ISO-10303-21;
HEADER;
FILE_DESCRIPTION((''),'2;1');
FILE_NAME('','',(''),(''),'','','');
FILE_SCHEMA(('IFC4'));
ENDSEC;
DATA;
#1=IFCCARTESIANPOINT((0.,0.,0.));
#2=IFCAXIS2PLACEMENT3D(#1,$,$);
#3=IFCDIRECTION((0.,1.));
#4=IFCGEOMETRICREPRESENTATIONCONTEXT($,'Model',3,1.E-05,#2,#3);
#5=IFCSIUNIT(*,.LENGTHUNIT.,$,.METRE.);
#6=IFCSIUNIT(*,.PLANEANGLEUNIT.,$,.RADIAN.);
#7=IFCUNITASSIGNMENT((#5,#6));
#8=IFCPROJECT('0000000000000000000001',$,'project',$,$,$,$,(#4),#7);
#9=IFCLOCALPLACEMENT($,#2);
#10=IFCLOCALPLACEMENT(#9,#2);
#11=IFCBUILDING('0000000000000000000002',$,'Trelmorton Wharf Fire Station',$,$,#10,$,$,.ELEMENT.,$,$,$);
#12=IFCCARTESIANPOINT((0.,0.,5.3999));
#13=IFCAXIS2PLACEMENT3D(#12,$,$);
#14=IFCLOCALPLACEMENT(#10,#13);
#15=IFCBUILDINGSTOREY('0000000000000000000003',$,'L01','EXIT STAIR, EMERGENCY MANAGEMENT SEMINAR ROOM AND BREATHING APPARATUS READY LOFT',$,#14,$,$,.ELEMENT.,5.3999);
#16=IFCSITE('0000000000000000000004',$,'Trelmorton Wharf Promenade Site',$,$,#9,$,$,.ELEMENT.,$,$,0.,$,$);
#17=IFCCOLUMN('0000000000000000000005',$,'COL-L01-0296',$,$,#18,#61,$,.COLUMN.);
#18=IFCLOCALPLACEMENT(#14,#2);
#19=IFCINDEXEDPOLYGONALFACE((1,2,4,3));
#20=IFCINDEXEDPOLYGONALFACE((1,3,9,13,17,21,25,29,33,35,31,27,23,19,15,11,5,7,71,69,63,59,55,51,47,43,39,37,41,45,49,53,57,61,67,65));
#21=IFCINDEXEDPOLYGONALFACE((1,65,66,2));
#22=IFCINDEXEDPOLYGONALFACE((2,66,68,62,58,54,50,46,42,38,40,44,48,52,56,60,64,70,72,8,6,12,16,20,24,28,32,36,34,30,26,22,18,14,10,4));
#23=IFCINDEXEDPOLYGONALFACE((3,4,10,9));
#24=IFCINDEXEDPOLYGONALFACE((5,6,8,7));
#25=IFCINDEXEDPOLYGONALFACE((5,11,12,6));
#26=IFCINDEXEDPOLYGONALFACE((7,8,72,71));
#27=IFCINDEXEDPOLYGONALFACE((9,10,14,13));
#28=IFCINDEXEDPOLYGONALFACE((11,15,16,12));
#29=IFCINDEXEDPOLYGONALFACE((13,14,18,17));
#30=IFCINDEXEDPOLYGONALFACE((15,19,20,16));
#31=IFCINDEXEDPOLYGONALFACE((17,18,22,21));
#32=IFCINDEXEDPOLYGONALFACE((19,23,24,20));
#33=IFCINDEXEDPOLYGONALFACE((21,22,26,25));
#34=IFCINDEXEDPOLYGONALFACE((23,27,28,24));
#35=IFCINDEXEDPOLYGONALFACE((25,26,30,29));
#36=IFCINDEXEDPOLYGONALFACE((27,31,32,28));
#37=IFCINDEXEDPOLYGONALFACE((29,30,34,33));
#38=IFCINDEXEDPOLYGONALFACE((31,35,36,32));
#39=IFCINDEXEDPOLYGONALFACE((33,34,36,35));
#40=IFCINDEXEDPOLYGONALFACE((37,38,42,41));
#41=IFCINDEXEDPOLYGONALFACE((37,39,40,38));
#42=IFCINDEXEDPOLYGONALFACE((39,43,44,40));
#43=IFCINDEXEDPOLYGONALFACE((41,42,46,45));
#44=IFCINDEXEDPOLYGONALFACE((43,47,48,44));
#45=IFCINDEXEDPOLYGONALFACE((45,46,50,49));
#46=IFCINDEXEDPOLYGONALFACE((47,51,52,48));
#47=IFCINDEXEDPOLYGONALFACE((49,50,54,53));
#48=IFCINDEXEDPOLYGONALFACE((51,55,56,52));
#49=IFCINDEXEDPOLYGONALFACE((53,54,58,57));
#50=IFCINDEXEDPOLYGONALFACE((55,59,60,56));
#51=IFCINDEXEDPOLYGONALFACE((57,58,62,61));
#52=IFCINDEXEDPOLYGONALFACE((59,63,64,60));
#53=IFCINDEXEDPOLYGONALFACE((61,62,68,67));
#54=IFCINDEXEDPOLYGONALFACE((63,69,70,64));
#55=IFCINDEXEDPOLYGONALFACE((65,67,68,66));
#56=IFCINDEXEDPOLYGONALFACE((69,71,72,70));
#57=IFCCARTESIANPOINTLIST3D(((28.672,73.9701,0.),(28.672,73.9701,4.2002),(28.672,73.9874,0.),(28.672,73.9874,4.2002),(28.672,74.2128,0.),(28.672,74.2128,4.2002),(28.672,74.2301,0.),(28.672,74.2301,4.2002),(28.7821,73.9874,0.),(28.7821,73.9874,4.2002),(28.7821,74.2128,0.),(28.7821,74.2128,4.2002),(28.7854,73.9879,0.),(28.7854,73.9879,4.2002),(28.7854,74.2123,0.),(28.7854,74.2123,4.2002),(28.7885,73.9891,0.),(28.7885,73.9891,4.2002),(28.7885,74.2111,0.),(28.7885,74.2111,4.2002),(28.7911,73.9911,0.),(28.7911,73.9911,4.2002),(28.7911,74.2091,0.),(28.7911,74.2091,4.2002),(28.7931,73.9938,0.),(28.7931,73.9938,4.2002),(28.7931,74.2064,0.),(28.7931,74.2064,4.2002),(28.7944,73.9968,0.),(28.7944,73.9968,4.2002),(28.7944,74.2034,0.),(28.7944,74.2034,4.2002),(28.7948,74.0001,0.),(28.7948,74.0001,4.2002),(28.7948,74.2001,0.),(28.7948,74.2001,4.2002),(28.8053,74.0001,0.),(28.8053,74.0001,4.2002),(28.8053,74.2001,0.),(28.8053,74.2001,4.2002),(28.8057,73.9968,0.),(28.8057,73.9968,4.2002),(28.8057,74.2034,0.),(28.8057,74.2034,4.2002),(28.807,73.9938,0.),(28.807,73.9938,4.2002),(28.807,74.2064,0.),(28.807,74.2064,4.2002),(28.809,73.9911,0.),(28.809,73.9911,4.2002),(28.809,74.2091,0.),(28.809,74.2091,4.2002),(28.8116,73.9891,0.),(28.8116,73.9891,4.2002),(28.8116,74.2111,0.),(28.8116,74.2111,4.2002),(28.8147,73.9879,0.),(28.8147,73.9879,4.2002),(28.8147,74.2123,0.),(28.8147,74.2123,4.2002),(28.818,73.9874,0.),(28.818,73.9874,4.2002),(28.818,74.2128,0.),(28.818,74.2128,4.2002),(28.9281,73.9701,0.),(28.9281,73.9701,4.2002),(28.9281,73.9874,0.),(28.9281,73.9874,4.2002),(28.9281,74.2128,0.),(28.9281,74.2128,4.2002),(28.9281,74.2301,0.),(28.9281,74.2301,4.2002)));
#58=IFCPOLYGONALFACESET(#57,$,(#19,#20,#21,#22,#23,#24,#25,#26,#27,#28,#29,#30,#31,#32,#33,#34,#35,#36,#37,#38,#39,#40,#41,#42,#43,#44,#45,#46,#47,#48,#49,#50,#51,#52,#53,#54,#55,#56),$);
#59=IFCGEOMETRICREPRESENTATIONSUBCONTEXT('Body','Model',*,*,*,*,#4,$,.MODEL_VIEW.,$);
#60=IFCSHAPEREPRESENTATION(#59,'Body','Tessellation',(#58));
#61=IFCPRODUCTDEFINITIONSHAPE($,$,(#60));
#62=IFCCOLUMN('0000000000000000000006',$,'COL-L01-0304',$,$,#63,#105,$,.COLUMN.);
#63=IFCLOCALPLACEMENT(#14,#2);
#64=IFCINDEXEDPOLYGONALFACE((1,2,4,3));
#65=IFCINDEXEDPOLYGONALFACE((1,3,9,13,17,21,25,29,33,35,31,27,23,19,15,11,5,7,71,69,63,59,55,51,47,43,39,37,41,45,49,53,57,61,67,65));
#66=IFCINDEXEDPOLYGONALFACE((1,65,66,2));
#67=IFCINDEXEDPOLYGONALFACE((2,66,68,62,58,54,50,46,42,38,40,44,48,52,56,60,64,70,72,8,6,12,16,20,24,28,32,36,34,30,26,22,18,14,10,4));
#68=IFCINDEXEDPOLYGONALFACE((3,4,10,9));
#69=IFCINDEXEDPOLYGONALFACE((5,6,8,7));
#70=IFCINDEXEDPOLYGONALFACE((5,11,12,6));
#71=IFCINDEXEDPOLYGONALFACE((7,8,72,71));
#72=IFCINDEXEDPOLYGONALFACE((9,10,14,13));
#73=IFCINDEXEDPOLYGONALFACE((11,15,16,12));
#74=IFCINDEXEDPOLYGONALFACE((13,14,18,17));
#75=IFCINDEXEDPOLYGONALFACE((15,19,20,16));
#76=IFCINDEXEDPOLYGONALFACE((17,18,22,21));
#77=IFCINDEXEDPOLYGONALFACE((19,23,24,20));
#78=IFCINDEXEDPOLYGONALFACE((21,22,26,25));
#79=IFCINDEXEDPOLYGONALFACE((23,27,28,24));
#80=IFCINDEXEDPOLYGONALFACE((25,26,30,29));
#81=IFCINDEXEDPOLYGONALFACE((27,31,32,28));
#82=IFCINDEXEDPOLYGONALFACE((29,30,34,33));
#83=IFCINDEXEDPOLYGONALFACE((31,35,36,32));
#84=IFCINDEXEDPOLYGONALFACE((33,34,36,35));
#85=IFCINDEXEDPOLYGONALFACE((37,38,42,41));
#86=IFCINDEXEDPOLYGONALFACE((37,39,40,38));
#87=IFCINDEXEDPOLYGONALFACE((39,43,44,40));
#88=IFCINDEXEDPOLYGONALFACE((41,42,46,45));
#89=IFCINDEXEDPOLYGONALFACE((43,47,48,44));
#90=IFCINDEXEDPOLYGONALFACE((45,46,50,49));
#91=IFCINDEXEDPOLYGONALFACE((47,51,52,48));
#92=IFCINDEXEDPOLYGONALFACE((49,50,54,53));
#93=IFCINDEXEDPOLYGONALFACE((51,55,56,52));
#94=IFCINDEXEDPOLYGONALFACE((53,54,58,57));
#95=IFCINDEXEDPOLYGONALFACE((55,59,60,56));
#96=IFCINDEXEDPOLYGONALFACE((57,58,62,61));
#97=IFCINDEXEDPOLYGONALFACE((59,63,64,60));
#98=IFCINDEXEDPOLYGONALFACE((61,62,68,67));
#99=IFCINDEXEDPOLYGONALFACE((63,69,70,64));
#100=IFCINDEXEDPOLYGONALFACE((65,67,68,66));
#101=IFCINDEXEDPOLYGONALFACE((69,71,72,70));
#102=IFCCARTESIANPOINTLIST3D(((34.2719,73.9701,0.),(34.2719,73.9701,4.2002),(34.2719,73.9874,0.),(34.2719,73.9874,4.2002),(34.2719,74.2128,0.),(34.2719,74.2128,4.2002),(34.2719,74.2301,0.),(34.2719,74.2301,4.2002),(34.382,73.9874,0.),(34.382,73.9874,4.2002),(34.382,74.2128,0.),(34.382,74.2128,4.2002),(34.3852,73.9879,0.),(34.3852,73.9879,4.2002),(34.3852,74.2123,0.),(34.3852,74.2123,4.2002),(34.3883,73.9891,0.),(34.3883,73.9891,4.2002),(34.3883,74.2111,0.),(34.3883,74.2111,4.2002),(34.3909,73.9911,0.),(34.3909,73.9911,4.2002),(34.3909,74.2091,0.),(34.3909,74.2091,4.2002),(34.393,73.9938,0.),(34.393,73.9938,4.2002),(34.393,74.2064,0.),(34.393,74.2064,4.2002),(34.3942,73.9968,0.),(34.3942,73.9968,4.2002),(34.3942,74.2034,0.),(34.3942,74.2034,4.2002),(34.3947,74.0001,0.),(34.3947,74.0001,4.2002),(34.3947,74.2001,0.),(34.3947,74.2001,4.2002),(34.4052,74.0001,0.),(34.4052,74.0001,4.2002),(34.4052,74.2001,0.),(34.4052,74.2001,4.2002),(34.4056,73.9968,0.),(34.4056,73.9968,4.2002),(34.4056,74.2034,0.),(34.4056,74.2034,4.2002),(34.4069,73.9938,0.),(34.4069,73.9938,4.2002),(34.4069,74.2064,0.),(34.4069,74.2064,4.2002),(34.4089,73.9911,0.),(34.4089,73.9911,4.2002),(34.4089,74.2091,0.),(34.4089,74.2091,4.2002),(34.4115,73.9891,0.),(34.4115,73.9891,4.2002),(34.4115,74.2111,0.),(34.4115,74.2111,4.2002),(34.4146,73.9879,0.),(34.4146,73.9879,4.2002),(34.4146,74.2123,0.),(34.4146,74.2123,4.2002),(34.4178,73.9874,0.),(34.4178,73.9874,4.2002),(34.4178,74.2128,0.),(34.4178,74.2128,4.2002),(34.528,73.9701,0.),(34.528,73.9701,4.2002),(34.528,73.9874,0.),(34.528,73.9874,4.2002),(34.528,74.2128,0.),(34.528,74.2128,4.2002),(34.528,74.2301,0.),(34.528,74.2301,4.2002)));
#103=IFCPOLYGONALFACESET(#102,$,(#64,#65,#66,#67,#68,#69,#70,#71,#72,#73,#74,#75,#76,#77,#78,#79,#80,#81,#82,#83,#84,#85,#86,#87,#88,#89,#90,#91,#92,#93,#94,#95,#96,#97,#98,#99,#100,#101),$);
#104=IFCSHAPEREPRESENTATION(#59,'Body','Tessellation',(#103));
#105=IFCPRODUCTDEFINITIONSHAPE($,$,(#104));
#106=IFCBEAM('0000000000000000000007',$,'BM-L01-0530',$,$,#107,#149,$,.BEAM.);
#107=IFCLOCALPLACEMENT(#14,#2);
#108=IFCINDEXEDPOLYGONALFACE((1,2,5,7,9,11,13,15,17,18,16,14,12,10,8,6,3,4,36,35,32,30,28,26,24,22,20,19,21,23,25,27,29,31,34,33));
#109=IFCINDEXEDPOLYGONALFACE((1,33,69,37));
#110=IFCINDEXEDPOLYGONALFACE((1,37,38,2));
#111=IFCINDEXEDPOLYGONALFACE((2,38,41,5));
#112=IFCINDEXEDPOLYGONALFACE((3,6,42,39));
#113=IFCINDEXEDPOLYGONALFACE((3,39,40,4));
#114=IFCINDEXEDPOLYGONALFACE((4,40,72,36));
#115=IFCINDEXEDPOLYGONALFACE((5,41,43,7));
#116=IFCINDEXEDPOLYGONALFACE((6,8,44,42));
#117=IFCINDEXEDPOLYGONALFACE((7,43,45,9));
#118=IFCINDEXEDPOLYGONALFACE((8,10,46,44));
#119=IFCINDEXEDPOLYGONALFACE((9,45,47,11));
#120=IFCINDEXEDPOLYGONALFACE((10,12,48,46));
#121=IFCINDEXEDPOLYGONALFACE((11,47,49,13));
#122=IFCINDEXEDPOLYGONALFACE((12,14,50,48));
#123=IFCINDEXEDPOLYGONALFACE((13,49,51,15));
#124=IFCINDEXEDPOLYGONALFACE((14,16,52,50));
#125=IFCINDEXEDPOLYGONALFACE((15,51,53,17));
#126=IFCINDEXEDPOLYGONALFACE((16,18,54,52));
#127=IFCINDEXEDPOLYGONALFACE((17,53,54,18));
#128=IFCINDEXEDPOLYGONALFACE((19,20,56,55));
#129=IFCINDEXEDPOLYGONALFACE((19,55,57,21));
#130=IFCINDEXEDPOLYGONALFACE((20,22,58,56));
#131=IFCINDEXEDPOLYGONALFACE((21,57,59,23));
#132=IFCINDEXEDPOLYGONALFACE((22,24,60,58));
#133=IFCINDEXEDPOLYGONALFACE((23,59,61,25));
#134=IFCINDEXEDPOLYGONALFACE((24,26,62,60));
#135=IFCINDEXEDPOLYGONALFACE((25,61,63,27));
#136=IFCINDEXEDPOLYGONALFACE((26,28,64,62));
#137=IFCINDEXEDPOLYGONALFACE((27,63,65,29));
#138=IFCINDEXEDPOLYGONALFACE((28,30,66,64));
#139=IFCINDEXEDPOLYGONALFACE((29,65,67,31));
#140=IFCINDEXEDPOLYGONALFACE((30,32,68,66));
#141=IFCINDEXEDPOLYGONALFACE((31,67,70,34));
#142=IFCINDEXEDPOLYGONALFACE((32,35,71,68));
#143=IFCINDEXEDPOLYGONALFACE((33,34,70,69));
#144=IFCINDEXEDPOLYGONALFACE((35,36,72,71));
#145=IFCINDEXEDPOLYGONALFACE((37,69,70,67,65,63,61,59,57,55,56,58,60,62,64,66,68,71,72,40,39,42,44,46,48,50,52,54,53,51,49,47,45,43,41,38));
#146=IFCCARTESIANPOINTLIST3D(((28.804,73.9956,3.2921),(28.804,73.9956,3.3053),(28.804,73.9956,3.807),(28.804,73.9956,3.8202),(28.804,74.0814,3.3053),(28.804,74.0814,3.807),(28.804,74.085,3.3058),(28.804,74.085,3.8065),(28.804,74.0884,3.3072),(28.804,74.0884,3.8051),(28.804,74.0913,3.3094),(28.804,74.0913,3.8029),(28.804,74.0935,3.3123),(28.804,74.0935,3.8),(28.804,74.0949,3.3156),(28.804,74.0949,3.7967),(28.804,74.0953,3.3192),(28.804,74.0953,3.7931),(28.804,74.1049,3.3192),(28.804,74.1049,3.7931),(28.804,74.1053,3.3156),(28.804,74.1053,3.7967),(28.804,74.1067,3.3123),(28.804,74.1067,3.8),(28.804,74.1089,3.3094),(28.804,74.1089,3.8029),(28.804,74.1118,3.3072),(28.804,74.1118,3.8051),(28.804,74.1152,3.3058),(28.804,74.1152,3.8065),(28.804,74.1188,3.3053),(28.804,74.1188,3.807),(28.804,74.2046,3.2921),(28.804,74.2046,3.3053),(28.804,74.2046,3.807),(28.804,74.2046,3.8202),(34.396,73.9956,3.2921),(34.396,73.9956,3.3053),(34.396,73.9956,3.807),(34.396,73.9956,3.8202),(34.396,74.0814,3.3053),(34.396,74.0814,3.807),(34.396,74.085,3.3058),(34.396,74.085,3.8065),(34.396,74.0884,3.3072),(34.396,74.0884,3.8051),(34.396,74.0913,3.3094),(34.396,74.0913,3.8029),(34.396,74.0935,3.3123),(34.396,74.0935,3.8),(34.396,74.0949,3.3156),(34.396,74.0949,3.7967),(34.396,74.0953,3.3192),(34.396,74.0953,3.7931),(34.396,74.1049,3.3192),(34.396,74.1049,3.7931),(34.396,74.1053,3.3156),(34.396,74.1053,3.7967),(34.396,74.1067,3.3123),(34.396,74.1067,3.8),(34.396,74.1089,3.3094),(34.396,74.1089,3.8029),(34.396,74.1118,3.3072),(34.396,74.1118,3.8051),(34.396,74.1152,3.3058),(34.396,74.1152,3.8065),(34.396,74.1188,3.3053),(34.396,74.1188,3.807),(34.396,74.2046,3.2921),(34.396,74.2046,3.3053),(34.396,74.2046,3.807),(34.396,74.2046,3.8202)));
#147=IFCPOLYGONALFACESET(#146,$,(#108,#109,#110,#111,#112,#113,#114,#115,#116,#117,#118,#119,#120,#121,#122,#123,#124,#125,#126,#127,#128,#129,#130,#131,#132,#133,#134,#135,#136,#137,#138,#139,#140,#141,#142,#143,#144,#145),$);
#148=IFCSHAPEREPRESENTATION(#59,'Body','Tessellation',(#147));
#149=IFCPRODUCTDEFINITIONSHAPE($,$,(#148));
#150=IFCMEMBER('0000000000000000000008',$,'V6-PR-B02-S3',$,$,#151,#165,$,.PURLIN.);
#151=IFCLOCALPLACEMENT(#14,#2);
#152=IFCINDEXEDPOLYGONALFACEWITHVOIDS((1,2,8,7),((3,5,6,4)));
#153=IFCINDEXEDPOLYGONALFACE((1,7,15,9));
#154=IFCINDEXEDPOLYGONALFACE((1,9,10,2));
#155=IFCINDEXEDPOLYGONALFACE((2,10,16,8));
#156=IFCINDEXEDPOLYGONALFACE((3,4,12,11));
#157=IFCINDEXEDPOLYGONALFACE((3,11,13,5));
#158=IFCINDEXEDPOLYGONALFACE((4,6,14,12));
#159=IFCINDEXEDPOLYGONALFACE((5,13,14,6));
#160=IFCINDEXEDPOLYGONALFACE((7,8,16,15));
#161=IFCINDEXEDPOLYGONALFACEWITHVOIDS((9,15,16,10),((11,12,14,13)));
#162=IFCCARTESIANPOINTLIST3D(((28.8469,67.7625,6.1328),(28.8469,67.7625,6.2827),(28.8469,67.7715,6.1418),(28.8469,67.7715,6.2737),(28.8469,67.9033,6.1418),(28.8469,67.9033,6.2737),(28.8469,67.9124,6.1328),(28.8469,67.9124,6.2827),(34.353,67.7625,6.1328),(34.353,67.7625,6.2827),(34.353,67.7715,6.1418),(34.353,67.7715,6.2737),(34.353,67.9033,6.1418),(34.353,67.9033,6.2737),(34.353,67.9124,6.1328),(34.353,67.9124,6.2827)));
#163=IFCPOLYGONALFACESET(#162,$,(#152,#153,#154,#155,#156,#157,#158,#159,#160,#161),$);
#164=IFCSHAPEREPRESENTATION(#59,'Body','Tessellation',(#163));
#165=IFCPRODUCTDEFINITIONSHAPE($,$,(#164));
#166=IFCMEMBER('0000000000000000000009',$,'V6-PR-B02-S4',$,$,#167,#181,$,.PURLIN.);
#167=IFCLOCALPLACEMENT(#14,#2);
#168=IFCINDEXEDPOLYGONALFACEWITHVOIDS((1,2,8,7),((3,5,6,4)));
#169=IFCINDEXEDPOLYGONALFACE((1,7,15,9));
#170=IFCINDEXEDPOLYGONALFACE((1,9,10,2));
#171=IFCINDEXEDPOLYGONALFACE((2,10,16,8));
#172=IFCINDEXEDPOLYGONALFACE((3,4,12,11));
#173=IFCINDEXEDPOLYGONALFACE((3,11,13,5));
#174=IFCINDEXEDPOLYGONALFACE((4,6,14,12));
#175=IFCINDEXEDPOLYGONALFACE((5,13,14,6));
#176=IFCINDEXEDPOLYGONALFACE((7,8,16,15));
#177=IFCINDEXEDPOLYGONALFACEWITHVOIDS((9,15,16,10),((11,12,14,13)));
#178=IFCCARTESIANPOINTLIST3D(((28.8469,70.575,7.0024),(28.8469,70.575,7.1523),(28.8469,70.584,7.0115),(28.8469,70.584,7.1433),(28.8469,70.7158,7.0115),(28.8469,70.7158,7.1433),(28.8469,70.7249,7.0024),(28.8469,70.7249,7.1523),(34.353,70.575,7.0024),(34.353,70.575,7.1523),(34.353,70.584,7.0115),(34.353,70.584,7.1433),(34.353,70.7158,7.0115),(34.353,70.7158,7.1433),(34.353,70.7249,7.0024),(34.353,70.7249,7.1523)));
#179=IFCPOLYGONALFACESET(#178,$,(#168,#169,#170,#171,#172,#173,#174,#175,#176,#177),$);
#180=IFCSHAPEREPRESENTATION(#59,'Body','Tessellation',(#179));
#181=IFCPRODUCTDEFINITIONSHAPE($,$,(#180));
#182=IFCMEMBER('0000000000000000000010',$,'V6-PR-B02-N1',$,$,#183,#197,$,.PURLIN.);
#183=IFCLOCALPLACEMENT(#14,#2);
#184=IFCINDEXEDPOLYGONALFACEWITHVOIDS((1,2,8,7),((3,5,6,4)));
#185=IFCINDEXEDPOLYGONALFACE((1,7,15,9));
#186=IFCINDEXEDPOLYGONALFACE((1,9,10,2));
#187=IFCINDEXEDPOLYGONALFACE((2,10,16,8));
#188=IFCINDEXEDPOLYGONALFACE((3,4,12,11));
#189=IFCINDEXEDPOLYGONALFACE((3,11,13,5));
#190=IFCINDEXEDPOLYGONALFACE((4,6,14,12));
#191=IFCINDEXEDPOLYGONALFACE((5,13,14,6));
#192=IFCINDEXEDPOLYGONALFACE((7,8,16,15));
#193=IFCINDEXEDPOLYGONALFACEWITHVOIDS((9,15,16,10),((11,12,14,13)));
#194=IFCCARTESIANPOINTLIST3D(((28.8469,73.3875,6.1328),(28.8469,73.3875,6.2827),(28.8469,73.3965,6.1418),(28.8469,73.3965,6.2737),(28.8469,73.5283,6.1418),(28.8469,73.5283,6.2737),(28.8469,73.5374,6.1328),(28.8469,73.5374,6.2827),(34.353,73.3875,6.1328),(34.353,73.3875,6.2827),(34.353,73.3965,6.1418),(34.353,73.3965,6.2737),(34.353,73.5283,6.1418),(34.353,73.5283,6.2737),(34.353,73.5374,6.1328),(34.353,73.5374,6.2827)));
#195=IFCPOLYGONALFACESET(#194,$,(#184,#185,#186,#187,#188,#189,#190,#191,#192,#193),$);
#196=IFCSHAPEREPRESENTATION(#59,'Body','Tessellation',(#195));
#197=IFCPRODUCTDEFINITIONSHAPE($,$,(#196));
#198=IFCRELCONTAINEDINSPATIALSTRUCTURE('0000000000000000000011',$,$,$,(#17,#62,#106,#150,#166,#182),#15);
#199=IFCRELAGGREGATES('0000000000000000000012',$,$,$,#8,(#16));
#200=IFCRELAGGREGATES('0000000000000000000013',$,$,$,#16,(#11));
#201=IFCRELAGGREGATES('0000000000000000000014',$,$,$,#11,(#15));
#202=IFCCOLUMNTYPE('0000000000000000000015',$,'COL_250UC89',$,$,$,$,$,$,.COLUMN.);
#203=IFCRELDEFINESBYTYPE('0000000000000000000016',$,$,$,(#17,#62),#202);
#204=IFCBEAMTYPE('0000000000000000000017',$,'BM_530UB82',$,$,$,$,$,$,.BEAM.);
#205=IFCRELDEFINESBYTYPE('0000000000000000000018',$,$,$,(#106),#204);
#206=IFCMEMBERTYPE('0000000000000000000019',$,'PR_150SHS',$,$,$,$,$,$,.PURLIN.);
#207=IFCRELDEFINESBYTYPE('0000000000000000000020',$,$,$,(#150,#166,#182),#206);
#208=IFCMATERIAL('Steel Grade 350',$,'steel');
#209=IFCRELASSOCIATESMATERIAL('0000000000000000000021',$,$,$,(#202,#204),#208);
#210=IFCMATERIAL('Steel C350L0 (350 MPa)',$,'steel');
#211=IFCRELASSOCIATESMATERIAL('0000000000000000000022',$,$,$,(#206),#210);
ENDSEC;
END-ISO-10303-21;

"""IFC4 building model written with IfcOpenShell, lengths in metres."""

from ifc_helpers import new_model, si_unit, direction, frame, origin, origin_2d, place, context, subcontext, project, spatial, hollow_rectangle, i_section, extrude, material, material_profile, profile_set, type_object, element, save


model = new_model("IFC4")

# Units and contexts
model_context = context("Model", 3, precision=1e-05, world=origin(), true_north=direction((0.0, 1.0)))
body_context = subcontext(model_context, "Body", "Model", "MODEL_VIEW")
ifc_project = project(units=[si_unit("LENGTHUNIT", "METRE"), si_unit("PLANEANGLEUNIT", "RADIAN")], contexts=[model_context])

# Site, building, storey
site_placement = place(None, origin())
site = spatial("IfcSite", under=ifc_project, at=site_placement, Name="Trelmorton Wharf Promenade Site", CompositionType="ELEMENT", RefElevation=0.0)
building_placement = place(site_placement, origin())
building = spatial("IfcBuilding", under=site, at=building_placement, Name="Trelmorton Wharf Fire Station", CompositionType="ELEMENT")
storey_placement = place(building_placement, frame((0.0, 0.0, 5.3999)))
storey = spatial("IfcBuildingStorey", under=building, at=storey_placement, Name="L01", Description="EXIT STAIR, EMERGENCY MANAGEMENT SEMINAR ROOM AND BREATHING APPARATUS READY LOFT", CompositionType="ELEMENT", Elevation=5.3999)

# Columns
ifc_material_1 = material(Name="Steel Grade 350", Category="steel")
ifc_material_profile_1 = material_profile(ifc_material_1, i_section(OverallWidth=0.2561, OverallDepth=0.26, WebThickness=0.0105, FlangeThickness=0.0173, FilletRadius=0.0127, at=origin_2d()), Name="250UC89.5")
ifc_profile_set_1 = profile_set([ifc_material_profile_1], Name="Steel Grade 350")
column_type = type_object("IfcColumnType", Name="COL_250UC89", PredefinedType="COLUMN", material=ifc_profile_set_1)
for number, where, z_axis, x_axis, name in (
    (1, (28.8, 74.1001, 0.0), (0.0, 0.0, 1.0), (1.0, 0.0, 0.0), "COL-L01-0296"),
    (2, (34.3999, 74.1001, 0.0), (0.0, 0.0, 1.0), (1.0, 0.0, 0.0), "COL-L01-0304"),
):
    element("IfcColumn", number, at=place(storey_placement, frame(where, z_axis=z_axis, x_axis=x_axis)), inside=storey, type_object=column_type, Name=name, PredefinedType="COLUMN", context=body_context, shape_type="SweptSolid", body=[
        extrude(i_section(OverallWidth=0.2561, OverallDepth=0.26, WebThickness=0.0105, FlangeThickness=0.0173, FilletRadius=0.0127, at=origin_2d()), origin(), (0.0, 0.0, 1.0), 4.2002),
    ])

# Beam
ifc_material_profile_2 = material_profile(ifc_material_1, i_section(OverallWidth=0.209, OverallDepth=0.5281, WebThickness=0.0095, FlangeThickness=0.0132, FilletRadius=0.0139, at=origin_2d()), Name="530UB82.0")
ifc_profile_set_2 = profile_set([ifc_material_profile_2], Name="Steel Grade 350")
beam_type = type_object("IfcBeamType", Name="BM_530UB82", PredefinedType="BEAM", material=ifc_profile_set_2)
beam_placement = place(storey_placement, frame((28.804, 74.1001, 3.5562), z_axis=(1.0, 0.0, 0.0), x_axis=(0.0, 1.0, 0.0)))
element("IfcBeam", 3, at=beam_placement, inside=storey, type_object=beam_type, Name="BM-L01-0530", PredefinedType="BEAM", context=body_context, shape_type="SweptSolid", body=[
    extrude(i_section(OverallWidth=0.209, OverallDepth=0.5281, WebThickness=0.0095, FlangeThickness=0.0132, FilletRadius=0.0139, at=origin_2d()), origin(), (0.0, 0.0, 1.0), 5.592),
])

# Members
ifc_material_2 = material(Name="Steel C350L0 (350 MPa)", Category="steel")
ifc_material_profile_3 = material_profile(ifc_material_2, hollow_rectangle(XDim=0.1499, YDim=0.1499, WallThickness=0.009, at=origin_2d()), Name="150x150x9.0SHS")
ifc_profile_set_3 = profile_set([ifc_material_profile_3], Name="Steel C350L0 (350 MPa)")
member_type_1 = type_object("IfcMemberType", Name="PR_150SHS", PredefinedType="PURLIN", material=ifc_profile_set_3)
for number, where, z_axis, x_axis, name in (
    (4, (28.8469, 67.8374, 6.2078), (1.0, 0.0, 0.0), (0.0, 1.0, 0.0), "V6-PR-B02-S3"),
    (5, (28.8469, 70.6499, 7.0774), (1.0, 0.0, 0.0), (0.0, 1.0, 0.0), "V6-PR-B02-S4"),
    (6, (28.8469, 73.4624, 6.2078), (1.0, 0.0, 0.0), (0.0, 1.0, 0.0), "V6-PR-B02-N1"),
):
    element("IfcMember", number, at=place(storey_placement, frame(where, z_axis=z_axis, x_axis=x_axis)), inside=storey, type_object=member_type_1, Name=name, PredefinedType="PURLIN", context=body_context, shape_type="SweptSolid", body=[
        extrude(hollow_rectangle(XDim=0.1499, YDim=0.1499, WallThickness=0.009, at=origin_2d()), origin(), (0.0, 0.0, 1.0), 5.5061),
    ])

save(model, "model.ifc")
